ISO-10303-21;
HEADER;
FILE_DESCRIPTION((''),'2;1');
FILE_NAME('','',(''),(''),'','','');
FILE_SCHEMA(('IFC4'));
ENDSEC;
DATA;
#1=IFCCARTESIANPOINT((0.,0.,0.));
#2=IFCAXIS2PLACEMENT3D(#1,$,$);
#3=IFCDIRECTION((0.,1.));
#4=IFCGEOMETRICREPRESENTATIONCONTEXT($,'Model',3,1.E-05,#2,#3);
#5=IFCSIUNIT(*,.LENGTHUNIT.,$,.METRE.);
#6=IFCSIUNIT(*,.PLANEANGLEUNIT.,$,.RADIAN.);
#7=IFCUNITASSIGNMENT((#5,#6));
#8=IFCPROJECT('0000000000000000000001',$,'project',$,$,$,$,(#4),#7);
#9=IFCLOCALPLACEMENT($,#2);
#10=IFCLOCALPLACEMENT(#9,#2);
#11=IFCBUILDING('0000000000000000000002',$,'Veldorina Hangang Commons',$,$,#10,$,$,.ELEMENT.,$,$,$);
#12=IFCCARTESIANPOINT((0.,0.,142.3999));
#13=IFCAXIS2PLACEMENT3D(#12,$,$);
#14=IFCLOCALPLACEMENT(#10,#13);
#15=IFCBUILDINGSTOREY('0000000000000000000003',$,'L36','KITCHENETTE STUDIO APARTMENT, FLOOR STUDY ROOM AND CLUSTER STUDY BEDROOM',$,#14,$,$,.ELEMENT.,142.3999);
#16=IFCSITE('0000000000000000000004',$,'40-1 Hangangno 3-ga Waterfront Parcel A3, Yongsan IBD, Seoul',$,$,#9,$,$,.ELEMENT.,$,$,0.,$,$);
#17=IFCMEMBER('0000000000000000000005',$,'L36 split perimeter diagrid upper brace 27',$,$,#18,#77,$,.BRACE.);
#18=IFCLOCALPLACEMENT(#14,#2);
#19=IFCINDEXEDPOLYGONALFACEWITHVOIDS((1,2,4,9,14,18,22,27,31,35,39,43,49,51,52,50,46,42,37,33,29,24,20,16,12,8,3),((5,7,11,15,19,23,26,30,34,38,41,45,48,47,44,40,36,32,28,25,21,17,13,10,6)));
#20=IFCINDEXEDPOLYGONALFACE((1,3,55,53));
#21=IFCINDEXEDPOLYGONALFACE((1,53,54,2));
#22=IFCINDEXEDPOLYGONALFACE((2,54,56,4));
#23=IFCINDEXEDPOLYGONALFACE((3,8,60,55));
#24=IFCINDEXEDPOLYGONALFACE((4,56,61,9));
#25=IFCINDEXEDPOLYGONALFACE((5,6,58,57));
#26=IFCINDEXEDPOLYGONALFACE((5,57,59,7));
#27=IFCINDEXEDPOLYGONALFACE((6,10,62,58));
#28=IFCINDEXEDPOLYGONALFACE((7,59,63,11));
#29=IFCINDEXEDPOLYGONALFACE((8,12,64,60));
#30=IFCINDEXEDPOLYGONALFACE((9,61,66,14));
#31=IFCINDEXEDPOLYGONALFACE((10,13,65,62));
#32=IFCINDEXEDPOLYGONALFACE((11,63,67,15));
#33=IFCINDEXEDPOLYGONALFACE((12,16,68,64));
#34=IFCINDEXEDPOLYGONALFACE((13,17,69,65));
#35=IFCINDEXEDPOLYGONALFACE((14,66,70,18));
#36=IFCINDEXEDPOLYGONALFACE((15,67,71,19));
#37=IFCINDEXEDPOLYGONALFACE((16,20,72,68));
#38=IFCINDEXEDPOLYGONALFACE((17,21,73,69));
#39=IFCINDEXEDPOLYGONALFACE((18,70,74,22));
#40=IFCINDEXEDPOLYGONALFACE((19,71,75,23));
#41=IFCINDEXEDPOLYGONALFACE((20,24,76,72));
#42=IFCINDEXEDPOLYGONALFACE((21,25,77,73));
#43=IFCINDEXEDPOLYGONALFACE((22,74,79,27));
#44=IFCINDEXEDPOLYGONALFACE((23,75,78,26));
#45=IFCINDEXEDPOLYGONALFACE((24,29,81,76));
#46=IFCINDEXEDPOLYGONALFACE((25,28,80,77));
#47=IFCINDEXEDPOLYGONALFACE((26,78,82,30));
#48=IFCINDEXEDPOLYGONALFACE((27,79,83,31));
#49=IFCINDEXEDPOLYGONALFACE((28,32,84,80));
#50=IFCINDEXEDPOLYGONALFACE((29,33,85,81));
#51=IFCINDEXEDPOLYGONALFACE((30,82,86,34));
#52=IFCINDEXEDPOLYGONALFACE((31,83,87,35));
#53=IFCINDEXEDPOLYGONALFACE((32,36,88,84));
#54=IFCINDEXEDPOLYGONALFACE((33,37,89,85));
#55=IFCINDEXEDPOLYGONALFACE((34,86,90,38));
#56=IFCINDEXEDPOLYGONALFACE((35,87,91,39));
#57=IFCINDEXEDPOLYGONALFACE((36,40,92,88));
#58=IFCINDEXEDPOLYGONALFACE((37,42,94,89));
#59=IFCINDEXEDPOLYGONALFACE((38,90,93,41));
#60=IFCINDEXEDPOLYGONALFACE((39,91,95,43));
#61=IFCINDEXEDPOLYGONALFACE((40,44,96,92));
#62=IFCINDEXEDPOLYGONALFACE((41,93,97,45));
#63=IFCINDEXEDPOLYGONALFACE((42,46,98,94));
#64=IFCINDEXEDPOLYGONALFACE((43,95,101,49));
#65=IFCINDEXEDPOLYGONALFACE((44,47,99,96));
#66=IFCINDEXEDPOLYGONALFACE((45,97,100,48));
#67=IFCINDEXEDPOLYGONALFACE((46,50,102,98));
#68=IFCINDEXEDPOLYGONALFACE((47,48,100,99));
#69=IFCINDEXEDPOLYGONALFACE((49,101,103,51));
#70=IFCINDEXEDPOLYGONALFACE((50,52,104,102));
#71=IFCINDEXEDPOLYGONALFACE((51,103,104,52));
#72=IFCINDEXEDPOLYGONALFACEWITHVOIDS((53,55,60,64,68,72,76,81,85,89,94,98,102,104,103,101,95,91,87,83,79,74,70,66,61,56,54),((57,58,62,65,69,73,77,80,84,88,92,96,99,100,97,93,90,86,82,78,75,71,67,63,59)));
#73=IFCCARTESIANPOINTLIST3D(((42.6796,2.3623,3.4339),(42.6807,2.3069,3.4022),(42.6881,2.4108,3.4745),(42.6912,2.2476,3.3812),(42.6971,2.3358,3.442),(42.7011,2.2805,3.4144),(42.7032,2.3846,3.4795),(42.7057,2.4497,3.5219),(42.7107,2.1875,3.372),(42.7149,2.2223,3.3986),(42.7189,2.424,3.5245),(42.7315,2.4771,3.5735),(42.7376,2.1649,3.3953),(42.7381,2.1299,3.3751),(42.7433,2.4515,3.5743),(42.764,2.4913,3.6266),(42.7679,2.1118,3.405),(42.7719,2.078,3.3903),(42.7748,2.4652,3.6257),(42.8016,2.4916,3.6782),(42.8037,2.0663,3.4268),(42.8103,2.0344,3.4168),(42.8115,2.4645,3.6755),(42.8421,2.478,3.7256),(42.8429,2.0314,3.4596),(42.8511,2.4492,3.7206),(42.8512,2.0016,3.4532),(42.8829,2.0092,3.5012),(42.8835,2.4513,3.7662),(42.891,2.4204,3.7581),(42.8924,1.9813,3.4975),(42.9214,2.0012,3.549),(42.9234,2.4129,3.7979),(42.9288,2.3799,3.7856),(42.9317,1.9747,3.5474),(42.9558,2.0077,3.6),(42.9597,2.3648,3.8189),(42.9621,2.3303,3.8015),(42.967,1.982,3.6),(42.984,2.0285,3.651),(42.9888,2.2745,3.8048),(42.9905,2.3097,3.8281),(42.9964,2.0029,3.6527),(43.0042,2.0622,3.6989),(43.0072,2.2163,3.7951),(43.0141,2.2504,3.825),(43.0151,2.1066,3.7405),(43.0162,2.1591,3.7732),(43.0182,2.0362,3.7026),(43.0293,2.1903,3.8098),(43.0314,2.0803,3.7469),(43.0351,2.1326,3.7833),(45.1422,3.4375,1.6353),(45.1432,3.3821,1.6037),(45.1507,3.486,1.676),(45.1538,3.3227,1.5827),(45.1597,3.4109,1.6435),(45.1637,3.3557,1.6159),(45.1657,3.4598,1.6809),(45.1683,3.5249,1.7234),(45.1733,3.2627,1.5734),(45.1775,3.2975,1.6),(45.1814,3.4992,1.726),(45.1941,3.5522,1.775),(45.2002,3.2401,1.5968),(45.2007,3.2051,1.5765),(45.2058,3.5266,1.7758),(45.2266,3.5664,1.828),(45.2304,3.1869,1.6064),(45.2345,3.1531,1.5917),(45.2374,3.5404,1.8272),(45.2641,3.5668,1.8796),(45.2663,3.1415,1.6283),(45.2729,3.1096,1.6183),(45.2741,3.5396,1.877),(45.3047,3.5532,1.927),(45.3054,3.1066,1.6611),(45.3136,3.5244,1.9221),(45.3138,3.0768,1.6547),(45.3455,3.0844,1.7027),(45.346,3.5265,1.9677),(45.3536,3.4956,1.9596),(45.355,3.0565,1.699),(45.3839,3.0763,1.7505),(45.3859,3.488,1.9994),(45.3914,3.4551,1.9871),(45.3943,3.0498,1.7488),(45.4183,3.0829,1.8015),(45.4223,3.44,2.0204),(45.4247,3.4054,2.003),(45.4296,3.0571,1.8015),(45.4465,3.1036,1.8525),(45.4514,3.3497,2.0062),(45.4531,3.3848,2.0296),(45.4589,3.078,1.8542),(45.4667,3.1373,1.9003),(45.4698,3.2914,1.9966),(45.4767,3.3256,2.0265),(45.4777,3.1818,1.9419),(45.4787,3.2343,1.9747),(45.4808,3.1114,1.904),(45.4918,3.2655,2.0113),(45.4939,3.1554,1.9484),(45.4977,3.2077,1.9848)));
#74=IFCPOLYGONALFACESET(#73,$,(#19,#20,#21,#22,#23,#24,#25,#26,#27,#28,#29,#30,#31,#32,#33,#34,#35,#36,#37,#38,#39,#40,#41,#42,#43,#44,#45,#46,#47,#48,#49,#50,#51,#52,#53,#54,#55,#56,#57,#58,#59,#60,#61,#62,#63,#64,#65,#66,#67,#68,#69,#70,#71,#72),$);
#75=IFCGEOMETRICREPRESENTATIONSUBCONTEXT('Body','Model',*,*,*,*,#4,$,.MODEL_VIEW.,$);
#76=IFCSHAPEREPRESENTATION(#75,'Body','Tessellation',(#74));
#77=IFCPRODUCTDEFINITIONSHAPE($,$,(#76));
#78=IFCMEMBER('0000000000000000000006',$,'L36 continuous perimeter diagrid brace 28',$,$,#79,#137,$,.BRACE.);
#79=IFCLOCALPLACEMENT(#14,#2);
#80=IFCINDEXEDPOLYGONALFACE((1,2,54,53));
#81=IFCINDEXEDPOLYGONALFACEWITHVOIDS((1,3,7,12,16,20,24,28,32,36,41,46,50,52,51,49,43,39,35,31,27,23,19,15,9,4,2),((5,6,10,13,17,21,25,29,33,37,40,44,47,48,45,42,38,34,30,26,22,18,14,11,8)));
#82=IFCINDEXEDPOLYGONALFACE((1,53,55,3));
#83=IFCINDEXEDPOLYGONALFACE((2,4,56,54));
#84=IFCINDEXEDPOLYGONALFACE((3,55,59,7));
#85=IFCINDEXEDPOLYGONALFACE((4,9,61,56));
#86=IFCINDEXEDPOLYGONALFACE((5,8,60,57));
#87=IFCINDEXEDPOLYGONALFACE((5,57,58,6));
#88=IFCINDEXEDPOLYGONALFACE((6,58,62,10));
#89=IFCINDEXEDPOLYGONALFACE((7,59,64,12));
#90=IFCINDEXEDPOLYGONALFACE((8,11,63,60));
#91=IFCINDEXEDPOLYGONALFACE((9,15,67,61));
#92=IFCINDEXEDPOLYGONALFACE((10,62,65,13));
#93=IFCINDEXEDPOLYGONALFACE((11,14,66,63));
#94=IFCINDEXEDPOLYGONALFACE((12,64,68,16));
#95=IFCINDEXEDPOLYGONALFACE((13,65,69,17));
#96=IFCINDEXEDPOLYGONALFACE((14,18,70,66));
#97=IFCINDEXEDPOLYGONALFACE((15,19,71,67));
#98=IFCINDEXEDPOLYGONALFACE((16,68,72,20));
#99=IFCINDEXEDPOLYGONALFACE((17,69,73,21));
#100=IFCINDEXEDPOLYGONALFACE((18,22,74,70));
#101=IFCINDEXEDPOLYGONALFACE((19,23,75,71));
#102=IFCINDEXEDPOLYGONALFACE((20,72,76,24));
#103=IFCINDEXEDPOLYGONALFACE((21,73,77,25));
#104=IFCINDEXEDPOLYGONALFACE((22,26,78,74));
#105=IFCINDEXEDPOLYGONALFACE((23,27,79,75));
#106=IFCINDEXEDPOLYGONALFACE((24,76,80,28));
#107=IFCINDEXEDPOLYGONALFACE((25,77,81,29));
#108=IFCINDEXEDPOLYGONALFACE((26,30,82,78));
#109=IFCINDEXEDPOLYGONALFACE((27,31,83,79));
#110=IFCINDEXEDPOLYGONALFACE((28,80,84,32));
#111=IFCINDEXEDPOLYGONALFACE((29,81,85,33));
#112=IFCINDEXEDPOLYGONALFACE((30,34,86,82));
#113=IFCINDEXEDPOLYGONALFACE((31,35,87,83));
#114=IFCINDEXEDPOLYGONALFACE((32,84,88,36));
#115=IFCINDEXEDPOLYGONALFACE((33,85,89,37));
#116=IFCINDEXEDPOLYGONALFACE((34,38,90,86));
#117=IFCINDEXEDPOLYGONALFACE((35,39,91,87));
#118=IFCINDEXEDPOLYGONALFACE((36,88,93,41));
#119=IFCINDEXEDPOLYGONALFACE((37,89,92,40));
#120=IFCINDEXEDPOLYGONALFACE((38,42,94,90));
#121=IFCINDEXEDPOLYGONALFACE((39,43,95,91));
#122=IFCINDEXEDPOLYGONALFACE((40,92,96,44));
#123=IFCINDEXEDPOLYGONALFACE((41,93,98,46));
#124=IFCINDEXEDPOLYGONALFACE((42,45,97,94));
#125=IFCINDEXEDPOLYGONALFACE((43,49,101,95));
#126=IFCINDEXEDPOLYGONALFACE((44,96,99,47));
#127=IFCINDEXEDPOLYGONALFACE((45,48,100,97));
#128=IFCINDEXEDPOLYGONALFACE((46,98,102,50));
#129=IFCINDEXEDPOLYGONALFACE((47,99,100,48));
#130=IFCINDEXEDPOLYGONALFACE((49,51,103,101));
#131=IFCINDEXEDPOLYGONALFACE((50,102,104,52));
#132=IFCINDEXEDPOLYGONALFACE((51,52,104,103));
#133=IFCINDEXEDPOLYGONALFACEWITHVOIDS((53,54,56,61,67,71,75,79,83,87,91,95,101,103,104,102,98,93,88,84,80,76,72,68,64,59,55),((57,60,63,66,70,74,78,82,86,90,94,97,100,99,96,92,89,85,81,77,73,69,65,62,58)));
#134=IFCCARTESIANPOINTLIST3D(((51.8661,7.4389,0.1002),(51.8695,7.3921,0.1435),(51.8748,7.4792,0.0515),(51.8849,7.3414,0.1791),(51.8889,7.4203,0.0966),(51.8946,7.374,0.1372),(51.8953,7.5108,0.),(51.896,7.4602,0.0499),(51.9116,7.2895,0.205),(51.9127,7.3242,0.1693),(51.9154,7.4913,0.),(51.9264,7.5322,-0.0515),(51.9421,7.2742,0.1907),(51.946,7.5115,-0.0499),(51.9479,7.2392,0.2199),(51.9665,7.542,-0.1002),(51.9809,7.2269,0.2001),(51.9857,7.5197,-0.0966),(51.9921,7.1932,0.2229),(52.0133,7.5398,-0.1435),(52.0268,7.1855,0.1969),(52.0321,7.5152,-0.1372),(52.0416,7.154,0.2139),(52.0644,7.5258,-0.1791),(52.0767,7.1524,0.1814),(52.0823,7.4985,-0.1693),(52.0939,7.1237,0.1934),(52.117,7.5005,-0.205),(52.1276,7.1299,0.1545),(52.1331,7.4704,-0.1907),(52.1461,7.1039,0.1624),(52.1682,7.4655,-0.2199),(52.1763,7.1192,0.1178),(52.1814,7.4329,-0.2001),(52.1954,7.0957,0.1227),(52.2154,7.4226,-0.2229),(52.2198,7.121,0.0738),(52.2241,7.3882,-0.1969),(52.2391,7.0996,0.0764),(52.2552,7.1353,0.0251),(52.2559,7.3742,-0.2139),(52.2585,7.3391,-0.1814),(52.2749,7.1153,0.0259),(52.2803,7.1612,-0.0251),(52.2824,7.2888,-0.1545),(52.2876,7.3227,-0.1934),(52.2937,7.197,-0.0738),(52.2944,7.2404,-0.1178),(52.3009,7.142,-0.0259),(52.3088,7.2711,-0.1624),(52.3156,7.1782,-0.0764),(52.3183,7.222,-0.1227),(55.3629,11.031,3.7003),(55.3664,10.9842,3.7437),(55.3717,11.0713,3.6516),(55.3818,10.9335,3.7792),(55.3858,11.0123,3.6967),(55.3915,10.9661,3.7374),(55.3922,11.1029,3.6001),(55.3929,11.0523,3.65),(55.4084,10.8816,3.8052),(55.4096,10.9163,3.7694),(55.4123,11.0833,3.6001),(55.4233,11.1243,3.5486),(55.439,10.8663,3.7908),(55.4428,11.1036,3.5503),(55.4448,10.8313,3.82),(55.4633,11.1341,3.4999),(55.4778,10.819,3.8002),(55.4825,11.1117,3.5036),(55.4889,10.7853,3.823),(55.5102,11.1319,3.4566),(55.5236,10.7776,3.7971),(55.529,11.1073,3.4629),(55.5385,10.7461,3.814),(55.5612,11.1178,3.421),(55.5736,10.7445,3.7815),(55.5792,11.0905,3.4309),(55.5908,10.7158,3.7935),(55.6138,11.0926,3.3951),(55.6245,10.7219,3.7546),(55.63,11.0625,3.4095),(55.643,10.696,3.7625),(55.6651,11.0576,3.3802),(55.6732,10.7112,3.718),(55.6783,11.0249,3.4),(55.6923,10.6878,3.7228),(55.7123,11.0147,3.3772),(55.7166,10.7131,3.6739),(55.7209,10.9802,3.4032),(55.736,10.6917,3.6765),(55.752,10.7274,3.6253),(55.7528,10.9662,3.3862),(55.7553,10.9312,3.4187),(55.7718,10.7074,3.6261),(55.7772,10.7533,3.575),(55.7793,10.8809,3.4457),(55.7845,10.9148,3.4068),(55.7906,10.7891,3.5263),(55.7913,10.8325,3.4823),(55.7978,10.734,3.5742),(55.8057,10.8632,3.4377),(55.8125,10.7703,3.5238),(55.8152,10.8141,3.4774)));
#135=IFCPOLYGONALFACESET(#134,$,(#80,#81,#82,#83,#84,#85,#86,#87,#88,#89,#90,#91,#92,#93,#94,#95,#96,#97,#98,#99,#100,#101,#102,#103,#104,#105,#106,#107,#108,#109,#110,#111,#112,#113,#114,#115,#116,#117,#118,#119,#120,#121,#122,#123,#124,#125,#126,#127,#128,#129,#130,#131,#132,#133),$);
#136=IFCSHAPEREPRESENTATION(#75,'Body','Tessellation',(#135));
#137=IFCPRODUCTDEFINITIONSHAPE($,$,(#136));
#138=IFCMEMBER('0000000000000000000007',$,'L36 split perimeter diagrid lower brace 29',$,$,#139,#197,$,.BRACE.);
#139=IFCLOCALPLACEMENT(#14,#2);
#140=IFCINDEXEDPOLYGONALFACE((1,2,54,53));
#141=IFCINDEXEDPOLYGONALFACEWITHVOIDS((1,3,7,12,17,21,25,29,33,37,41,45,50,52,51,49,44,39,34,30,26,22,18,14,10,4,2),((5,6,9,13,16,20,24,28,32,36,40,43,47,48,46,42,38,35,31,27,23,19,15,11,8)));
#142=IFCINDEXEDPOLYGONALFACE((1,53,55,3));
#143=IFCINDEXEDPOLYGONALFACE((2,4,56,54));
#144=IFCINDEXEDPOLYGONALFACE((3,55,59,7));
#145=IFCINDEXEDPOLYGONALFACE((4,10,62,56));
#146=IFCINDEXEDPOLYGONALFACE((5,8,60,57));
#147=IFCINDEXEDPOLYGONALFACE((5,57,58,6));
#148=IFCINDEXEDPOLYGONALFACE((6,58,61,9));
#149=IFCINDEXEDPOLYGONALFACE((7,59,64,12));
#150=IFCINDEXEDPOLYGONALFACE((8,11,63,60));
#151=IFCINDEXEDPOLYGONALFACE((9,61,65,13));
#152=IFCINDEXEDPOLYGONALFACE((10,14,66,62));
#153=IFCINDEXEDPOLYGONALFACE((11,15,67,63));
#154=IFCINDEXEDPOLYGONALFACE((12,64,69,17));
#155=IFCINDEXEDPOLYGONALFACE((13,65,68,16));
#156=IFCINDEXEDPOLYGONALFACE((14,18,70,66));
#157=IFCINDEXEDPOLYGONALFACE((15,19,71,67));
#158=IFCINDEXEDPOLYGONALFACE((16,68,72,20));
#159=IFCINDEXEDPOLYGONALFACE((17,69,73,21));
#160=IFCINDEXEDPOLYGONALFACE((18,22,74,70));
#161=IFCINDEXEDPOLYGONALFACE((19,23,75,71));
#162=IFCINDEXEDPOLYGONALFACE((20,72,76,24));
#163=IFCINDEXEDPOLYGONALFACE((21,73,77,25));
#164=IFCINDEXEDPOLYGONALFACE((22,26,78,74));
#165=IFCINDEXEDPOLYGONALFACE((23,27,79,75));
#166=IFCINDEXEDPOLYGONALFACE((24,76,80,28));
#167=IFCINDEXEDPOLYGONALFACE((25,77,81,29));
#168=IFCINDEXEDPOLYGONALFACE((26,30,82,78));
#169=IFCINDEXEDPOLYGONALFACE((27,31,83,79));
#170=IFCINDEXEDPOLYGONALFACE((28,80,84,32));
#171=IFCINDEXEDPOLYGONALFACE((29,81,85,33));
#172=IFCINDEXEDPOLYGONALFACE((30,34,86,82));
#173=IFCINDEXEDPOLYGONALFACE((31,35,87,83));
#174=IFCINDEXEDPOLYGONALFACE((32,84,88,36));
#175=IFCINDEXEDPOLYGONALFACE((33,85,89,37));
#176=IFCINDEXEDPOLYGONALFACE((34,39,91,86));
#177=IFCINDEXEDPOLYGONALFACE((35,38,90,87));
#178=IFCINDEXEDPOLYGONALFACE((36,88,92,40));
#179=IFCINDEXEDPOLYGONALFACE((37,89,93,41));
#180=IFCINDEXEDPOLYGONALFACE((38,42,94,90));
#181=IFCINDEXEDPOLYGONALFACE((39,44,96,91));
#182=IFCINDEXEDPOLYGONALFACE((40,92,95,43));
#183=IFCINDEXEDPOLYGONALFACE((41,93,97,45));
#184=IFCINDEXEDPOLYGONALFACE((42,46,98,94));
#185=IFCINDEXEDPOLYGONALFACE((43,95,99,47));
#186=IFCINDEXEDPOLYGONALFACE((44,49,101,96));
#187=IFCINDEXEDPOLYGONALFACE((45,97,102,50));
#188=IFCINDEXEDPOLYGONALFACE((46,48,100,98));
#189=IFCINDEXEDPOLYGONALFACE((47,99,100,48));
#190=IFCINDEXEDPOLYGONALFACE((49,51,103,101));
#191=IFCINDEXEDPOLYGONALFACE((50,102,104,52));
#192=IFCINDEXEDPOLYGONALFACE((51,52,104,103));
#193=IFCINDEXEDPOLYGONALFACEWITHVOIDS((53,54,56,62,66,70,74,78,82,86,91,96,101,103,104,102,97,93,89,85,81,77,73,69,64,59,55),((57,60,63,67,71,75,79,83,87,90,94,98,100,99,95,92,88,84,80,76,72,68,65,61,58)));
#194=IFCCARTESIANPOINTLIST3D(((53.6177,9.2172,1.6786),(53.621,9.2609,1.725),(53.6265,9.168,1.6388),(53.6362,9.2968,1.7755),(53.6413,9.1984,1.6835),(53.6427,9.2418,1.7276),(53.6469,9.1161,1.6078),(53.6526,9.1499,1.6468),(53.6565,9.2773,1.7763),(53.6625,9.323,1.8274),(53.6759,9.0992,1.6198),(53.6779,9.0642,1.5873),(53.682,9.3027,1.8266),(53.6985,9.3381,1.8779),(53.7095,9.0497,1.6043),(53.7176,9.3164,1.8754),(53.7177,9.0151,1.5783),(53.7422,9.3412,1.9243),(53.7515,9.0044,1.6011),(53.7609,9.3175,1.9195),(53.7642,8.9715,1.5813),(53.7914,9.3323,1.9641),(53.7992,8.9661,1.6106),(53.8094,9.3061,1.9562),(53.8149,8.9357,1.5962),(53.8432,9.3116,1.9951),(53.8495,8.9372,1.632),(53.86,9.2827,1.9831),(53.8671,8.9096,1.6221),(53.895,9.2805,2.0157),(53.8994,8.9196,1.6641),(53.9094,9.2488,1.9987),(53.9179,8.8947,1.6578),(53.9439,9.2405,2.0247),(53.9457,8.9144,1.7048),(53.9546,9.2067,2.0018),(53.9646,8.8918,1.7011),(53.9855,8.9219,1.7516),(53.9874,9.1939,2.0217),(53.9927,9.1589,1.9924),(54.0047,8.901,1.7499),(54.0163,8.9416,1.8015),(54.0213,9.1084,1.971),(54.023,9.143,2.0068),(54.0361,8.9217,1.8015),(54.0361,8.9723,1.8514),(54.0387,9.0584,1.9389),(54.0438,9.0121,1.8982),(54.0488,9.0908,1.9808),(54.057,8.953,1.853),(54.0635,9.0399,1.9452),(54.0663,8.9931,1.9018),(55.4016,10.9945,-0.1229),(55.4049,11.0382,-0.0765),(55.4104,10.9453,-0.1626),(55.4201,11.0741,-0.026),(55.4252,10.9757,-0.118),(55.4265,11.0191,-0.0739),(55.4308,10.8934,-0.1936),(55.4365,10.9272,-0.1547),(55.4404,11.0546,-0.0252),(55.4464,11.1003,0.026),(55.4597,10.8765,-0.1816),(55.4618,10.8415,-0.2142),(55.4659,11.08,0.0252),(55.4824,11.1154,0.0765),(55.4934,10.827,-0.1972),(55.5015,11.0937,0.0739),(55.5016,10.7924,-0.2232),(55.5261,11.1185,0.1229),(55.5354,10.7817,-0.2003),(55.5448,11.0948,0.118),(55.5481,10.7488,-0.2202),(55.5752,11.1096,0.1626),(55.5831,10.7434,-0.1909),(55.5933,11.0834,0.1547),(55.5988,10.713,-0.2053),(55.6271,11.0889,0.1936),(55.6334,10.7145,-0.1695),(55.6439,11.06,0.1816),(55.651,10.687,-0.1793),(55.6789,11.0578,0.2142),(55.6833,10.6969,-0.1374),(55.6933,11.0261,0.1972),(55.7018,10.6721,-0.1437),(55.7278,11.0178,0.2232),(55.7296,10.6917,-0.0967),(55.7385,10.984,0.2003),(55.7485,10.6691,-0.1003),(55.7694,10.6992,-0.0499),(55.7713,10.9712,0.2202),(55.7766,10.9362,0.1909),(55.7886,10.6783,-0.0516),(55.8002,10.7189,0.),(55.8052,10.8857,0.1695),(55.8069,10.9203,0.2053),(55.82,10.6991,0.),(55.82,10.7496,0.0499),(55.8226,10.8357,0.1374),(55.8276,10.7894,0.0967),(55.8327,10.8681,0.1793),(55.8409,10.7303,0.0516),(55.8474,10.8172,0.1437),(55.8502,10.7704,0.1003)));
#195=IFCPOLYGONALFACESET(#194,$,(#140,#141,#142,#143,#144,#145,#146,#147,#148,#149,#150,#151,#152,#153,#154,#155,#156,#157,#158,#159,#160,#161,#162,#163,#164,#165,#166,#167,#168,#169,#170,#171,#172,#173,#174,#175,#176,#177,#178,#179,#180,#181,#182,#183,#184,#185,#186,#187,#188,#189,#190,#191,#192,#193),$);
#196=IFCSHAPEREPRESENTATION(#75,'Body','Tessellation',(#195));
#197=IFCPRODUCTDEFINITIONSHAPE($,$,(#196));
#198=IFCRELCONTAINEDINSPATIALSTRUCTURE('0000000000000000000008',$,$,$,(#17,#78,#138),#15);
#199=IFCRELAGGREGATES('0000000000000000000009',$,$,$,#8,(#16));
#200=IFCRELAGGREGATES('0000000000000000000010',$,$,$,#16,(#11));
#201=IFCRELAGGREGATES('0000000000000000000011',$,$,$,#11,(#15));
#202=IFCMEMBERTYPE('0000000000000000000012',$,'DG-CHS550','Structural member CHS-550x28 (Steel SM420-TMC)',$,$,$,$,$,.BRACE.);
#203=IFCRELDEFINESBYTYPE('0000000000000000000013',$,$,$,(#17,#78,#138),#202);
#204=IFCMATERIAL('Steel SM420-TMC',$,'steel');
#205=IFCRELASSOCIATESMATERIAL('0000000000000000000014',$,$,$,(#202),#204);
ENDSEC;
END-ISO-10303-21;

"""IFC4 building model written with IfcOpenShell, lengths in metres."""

from ifc_helpers import new_model, si_unit, direction, frame, origin, origin_2d, place, context, subcontext, project, spatial, hollow_circle, extrude, material, material_profile, profile_set, type_object, element, save


model = new_model("IFC4")

# Units and contexts
model_context = context("Model", 3, precision=1e-05, world=origin(), true_north=direction((0.0, 1.0)))
body_context = subcontext(model_context, "Body", "Model", "MODEL_VIEW")
ifc_project = project(units=[si_unit("LENGTHUNIT", "METRE"), si_unit("PLANEANGLEUNIT", "RADIAN")], contexts=[model_context])

# Site, building, storey
site_placement = place(None, origin())
site = spatial("IfcSite", under=ifc_project, at=site_placement, Name="40-1 Hangangno 3-ga Waterfront Parcel A3, Yongsan IBD, Seoul", CompositionType="ELEMENT", RefElevation=0.0)
building_placement = place(site_placement, origin())
building = spatial("IfcBuilding", under=site, at=building_placement, Name="Veldorina Hangang Commons", CompositionType="ELEMENT")
storey_placement = place(building_placement, frame((0.0, 0.0, 142.3999)))
storey = spatial("IfcBuildingStorey", under=building, at=storey_placement, Name="L36", Description="KITCHENETTE STUDIO APARTMENT, FLOOR STUDY ROOM AND CLUSTER STUDY BEDROOM", CompositionType="ELEMENT", Elevation=142.3999)

# Shared definitions
ifc_material_1 = material(Name="Steel SM420-TMC", Category="steel")

# Members
ifc_material_profile_1 = material_profile(ifc_material_1, hollow_circle(Radius=0.2749, WallThickness=0.0281, at=origin_2d()), Name="CHS-550x28")
ifc_profile_set_1 = profile_set([ifc_material_profile_1], Name="Steel SM420-TMC")
member_type_1 = type_object("IfcMemberType", Name="DG-CHS550", Description="Structural member CHS-550x28 (Steel SM420-TMC)", PredefinedType="BRACE", material=ifc_profile_set_1)
member_1_placement = place(storey_placement, frame((45.3196, 3.3091, 1.8015), z_axis=(-0.761602, -0.332517, 0.556233), x_axis=(0.400128, -0.916459, 0.0)))
element("IfcMember", 1, at=member_1_placement, inside=storey, type_object=member_type_1, Name="L36 split perimeter diagrid upper brace 27", PredefinedType="BRACE", context=body_context, shape_type="SweptSolid", body=[
    extrude(hollow_circle(Radius=0.2749, WallThickness=0.0281, at=origin_2d()), origin(), (0.0, 0.0, 1.0), 3.2334),
])
member_2_placement = place(storey_placement, frame((52.0923, 7.3191, 0.0), z_axis=(0.56658, 0.582008, 0.583313), x_axis=(-0.71654, 0.697546, 0.0)))
element("IfcMember", 2, at=member_2_placement, inside=storey, type_object=member_type_1, Name="L36 continuous perimeter diagrid brace 28", PredefinedType="BRACE", context=body_context, shape_type="SweptSolid", body=[
    extrude(hollow_circle(Radius=0.2749, WallThickness=0.0281, at=origin_2d()), origin(), (0.0, 0.0, 1.0), 6.1719),
])
member_3_placement = place(storey_placement, frame((55.626, 10.8938, 0.0), z_axis=(-0.576158, -0.574029, 0.581835), x_axis=(0.705797, -0.708414, 0.0)))
element("IfcMember", 3, at=member_3_placement, inside=storey, type_object=member_type_1, Name="L36 split perimeter diagrid lower brace 29", PredefinedType="BRACE", context=body_context, shape_type="SweptSolid", body=[
    extrude(hollow_circle(Radius=0.2749, WallThickness=0.0281, at=origin_2d()), origin(), (0.0, 0.0, 1.0), 3.0962),
])

save(model, "model.ifc")
